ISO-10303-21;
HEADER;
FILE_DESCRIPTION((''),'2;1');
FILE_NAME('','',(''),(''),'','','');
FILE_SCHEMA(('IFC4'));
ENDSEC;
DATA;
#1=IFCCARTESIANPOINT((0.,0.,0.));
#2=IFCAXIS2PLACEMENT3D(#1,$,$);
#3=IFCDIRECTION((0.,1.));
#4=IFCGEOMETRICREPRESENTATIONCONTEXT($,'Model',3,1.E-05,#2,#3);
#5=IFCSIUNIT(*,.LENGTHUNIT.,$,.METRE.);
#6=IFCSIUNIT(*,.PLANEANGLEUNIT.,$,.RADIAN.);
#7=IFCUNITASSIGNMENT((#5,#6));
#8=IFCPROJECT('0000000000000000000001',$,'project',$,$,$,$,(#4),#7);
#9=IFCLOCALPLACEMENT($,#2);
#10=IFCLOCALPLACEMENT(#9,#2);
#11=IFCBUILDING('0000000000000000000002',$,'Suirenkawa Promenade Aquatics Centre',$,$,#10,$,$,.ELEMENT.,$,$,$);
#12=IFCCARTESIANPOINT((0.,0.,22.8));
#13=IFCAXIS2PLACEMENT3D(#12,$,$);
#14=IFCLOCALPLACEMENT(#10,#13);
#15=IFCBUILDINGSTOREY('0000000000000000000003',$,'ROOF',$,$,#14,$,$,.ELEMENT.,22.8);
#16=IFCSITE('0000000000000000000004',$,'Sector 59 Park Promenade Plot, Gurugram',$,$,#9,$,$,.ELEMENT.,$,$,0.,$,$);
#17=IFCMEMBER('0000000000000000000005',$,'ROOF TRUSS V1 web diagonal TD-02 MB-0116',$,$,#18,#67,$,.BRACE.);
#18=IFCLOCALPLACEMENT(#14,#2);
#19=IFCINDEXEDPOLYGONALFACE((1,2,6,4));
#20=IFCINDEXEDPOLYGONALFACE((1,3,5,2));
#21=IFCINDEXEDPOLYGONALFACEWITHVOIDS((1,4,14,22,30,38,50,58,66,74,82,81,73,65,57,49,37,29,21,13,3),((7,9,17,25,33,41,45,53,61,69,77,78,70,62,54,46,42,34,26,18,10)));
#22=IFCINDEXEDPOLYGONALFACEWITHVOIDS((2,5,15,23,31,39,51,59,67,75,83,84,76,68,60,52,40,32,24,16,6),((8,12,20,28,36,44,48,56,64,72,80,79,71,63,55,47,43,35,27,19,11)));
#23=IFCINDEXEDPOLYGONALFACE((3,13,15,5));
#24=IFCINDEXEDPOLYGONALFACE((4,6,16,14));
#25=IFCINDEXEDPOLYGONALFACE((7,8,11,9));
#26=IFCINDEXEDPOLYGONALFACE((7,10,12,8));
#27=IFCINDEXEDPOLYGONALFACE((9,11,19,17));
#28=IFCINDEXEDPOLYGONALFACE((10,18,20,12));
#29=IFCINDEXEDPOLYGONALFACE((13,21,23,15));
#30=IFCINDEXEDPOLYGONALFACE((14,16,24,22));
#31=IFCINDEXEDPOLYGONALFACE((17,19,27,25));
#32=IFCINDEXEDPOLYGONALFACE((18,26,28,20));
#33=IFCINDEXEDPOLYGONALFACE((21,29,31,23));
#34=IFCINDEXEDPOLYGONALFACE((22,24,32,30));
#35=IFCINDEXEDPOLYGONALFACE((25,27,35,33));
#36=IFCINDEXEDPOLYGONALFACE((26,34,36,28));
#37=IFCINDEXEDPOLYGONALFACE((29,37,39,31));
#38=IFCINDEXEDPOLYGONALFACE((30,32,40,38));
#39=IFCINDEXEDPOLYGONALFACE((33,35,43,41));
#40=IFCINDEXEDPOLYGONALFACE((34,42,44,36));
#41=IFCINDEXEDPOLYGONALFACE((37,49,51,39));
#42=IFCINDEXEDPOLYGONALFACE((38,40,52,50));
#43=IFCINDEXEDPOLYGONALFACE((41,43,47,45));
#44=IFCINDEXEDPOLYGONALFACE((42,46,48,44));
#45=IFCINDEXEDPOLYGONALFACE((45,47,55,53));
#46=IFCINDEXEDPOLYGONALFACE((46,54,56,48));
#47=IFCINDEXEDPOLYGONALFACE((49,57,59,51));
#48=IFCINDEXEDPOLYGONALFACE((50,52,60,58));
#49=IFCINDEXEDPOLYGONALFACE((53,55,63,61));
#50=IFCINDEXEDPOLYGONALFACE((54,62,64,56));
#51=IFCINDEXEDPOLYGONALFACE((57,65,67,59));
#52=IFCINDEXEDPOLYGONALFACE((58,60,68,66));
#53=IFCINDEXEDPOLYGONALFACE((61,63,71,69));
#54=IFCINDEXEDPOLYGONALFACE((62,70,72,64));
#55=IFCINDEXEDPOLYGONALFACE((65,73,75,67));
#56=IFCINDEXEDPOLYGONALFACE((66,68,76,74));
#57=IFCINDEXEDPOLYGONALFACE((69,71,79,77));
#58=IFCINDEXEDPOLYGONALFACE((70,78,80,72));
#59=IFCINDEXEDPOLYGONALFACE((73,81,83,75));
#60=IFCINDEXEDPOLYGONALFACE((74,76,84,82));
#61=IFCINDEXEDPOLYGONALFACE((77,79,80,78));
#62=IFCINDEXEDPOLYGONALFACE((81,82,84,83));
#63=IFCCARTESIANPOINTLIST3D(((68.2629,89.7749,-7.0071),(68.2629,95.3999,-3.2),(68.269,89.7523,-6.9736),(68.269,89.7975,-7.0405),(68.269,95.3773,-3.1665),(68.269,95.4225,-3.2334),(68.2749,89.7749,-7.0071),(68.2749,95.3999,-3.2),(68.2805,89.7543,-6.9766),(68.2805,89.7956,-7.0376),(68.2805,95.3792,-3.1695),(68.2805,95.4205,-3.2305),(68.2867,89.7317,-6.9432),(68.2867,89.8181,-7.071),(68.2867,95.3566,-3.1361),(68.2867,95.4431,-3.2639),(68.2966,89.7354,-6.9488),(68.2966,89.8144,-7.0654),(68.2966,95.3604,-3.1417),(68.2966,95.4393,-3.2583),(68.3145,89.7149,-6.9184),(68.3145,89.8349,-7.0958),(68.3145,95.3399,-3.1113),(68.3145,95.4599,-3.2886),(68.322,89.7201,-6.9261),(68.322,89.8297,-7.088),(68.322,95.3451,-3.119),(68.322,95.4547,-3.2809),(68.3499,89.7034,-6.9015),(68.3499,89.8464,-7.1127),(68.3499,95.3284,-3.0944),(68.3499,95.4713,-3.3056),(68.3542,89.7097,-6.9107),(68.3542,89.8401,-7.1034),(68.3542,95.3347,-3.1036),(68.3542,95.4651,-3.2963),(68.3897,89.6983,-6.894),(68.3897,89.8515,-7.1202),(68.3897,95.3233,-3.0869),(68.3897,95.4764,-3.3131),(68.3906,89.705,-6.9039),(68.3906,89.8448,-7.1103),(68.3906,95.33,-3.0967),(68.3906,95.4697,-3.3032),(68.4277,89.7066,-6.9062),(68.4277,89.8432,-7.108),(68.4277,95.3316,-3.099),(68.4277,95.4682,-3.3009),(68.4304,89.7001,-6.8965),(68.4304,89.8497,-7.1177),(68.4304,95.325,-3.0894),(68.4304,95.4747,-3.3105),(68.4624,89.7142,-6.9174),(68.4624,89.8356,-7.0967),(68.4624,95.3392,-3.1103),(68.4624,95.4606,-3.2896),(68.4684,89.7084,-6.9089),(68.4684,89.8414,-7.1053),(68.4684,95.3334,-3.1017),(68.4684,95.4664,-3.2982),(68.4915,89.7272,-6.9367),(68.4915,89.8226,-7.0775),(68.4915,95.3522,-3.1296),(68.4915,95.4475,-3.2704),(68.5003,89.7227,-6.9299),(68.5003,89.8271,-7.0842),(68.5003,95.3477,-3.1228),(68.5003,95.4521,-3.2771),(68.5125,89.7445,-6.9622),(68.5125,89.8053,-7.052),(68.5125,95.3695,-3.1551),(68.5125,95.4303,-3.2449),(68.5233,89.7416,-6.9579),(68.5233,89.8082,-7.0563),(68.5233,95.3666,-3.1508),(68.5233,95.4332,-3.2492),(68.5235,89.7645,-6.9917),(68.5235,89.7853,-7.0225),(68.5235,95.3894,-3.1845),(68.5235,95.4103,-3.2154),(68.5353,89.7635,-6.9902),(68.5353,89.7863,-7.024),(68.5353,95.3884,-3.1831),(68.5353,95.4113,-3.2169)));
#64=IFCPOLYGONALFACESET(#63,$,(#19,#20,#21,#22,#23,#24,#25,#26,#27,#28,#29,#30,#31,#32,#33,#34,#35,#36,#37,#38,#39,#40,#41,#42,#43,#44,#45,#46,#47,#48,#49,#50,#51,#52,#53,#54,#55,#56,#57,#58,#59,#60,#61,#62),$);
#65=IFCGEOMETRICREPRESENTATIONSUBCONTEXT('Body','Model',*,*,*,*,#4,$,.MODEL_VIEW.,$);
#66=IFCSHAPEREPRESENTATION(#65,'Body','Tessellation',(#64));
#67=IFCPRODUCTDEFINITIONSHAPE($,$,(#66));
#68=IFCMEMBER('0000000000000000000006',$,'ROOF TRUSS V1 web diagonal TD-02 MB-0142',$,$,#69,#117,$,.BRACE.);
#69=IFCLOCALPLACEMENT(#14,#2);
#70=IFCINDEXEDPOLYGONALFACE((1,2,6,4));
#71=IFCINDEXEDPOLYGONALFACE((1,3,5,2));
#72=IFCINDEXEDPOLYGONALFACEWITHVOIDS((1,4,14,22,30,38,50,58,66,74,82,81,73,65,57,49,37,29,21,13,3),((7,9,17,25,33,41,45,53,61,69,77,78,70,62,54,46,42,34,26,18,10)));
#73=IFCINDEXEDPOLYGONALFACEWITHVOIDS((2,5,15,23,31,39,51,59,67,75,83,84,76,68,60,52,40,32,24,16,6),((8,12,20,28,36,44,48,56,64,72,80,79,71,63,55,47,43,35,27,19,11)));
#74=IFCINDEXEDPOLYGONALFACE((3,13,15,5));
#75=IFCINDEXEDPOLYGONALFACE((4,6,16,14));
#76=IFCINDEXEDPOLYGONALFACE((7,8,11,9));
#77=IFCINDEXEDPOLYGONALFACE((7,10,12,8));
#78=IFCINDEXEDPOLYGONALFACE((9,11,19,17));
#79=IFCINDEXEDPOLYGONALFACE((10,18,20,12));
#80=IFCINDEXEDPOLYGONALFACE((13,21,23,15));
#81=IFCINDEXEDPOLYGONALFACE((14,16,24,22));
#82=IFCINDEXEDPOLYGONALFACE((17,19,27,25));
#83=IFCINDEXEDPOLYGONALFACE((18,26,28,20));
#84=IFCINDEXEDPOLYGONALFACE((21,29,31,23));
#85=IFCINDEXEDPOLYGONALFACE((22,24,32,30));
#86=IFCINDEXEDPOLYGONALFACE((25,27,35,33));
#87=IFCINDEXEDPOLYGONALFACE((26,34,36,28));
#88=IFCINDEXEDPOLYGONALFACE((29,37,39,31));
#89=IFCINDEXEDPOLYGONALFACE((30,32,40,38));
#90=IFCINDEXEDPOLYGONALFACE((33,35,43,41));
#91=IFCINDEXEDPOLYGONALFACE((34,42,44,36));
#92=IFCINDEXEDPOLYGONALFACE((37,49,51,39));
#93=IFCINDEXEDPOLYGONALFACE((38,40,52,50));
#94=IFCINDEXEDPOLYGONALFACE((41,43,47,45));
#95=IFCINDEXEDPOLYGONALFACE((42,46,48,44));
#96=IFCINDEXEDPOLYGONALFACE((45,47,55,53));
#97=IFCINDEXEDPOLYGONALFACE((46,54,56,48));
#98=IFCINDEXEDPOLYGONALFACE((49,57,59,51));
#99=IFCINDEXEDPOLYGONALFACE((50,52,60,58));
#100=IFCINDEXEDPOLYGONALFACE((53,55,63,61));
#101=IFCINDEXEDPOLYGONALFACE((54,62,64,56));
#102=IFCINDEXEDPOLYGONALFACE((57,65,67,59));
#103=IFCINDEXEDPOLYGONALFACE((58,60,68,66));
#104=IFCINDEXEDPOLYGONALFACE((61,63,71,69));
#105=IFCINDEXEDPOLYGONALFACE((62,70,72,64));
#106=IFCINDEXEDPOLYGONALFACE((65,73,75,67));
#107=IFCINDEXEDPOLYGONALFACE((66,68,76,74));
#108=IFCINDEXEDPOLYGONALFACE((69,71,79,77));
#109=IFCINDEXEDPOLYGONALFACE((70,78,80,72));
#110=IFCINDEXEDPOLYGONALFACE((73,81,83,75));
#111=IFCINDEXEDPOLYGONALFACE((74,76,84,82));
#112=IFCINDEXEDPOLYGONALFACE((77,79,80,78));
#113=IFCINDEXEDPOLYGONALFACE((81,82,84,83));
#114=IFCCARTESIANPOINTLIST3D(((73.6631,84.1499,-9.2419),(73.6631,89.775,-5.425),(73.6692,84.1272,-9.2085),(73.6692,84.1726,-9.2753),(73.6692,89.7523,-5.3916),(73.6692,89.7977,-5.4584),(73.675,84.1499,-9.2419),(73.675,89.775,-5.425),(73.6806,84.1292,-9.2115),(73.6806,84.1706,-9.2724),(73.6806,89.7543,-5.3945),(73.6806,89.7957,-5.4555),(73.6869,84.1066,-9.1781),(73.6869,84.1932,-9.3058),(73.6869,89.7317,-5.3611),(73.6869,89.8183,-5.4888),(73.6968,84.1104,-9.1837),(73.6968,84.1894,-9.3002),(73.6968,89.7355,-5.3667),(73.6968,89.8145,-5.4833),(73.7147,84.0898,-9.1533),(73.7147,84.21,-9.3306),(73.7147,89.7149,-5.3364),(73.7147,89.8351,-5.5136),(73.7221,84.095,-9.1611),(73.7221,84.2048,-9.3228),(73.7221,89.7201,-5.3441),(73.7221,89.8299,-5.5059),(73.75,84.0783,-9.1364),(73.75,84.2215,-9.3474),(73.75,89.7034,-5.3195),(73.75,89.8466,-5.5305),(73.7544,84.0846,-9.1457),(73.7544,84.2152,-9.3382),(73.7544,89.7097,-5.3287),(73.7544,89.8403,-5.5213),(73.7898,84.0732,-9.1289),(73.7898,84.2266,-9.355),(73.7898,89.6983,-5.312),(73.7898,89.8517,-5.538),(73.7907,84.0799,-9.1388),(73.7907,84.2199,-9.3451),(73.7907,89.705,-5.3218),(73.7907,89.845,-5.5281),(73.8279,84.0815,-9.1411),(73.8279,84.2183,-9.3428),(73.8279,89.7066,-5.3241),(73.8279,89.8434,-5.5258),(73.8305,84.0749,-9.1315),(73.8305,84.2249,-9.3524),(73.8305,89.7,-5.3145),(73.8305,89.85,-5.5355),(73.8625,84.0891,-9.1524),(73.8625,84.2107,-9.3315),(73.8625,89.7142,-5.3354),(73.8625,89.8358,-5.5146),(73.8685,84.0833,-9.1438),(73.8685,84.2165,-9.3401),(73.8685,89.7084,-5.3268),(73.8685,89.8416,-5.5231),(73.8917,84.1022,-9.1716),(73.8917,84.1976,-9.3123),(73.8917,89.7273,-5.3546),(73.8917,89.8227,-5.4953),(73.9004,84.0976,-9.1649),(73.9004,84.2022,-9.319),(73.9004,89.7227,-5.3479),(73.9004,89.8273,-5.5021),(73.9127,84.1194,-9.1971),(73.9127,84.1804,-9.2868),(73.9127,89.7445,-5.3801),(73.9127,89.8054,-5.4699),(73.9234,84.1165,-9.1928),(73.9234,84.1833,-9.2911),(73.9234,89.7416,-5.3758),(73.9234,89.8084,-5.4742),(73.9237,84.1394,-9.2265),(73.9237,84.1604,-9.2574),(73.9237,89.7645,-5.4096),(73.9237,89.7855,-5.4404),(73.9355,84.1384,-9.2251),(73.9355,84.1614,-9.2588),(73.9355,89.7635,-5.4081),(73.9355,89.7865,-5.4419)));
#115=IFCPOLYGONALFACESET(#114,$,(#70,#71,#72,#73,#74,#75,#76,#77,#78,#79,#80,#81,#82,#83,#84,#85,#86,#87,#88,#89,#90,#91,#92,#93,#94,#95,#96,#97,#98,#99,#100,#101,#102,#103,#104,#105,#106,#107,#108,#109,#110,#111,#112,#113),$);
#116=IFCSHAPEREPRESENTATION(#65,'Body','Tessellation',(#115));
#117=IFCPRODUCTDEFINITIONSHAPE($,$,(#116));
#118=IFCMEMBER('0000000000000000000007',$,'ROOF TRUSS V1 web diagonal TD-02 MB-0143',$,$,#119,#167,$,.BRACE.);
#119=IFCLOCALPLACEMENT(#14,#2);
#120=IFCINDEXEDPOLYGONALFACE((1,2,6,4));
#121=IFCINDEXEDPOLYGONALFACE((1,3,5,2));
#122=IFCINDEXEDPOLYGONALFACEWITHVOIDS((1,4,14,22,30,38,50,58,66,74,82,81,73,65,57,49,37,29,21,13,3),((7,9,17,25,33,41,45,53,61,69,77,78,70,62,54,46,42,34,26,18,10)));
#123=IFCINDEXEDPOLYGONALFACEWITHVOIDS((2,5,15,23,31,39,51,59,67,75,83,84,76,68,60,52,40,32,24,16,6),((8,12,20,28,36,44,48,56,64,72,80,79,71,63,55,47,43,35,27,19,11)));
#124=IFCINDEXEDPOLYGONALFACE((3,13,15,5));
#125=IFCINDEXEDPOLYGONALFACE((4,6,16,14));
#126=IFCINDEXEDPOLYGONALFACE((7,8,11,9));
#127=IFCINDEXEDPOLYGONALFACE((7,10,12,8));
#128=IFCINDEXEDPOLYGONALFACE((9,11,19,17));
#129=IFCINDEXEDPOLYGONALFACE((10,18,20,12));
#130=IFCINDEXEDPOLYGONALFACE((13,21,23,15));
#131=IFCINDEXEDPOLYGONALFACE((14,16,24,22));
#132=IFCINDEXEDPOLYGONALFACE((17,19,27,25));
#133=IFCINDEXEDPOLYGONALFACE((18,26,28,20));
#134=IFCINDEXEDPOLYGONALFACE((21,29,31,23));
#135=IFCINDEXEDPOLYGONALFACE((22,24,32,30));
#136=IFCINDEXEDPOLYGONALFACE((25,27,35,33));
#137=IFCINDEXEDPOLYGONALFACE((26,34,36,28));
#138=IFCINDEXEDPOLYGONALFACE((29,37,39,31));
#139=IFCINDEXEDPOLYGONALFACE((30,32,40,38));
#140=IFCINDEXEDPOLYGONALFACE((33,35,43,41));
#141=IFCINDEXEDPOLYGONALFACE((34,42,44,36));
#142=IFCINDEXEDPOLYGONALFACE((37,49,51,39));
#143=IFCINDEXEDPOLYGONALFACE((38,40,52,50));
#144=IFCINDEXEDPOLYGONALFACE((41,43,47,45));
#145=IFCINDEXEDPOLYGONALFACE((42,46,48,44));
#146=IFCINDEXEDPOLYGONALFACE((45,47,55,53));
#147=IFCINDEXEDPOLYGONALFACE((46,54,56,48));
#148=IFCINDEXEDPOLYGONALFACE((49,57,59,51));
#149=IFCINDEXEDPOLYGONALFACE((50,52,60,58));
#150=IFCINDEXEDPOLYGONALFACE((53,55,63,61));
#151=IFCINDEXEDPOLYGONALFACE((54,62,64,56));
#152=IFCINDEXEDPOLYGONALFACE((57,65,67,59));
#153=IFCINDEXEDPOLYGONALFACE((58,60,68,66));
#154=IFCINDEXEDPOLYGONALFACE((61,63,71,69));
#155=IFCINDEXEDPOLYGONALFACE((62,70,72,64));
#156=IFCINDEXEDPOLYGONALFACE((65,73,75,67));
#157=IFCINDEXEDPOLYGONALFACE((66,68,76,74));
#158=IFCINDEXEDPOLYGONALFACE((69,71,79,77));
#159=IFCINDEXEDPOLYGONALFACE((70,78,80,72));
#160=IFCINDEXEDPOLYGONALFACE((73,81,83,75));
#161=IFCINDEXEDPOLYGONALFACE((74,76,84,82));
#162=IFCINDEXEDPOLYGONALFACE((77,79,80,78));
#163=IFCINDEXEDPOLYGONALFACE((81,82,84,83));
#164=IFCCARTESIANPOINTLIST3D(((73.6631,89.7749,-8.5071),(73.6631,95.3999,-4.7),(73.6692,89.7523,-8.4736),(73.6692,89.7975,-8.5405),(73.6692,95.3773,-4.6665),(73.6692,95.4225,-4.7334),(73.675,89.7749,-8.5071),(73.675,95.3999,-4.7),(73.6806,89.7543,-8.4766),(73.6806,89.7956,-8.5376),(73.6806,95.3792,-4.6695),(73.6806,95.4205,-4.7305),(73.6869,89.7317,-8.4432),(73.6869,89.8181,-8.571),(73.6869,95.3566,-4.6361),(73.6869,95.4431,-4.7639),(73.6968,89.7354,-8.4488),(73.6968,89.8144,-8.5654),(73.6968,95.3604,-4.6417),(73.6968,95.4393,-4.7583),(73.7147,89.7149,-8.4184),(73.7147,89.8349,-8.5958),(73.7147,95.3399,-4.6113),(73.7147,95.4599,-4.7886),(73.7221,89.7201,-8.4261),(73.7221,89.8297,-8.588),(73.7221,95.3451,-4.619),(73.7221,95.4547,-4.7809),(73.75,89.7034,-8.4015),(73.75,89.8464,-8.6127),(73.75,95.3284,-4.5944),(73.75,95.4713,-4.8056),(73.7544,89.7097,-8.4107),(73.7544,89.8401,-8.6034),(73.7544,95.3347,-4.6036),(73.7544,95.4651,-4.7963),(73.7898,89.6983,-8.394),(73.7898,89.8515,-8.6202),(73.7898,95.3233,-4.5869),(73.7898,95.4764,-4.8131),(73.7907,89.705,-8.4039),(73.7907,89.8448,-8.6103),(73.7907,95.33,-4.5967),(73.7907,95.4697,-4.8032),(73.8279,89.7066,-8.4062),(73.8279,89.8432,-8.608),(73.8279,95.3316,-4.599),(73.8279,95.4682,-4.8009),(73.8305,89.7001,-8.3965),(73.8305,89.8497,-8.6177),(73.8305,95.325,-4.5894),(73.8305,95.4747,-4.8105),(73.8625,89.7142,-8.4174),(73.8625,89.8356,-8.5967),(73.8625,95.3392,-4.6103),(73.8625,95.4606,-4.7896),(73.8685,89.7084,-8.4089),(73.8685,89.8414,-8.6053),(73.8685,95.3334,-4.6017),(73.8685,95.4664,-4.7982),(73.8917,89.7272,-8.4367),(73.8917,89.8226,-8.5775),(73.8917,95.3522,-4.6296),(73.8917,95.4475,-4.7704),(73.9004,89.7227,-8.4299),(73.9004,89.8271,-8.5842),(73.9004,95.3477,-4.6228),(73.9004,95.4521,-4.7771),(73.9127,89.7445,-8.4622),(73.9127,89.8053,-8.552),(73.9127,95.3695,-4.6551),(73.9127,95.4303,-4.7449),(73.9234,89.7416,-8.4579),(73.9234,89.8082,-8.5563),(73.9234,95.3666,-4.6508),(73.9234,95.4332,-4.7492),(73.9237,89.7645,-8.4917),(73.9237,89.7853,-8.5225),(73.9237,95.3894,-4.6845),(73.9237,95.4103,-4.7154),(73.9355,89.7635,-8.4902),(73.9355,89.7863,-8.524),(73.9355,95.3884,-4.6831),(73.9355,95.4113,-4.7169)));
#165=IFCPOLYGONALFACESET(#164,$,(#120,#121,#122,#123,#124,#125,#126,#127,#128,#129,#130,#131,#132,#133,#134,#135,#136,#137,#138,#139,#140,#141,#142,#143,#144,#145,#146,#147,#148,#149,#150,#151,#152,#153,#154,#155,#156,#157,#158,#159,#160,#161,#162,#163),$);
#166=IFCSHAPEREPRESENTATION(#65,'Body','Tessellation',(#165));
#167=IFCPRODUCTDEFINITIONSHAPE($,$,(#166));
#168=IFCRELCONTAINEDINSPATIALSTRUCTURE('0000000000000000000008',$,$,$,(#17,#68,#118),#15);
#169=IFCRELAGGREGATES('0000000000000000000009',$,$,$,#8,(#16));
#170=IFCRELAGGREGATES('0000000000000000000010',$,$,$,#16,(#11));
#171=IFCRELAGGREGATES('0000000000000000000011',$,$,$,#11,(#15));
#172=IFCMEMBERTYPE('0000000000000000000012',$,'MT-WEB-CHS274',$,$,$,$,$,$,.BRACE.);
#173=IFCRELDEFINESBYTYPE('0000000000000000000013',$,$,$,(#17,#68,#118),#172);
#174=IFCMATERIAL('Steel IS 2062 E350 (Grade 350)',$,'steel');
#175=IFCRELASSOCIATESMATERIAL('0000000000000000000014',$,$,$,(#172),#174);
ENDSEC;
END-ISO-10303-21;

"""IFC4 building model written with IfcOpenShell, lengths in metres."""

from ifc_helpers import new_model, si_unit, direction, frame, origin, origin_2d, place, context, subcontext, project, spatial, hollow_circle, extrude, material, material_profile, profile_set, type_object, element, save


model = new_model("IFC4")

# Units and contexts
model_context = context("Model", 3, precision=1e-05, world=origin(), true_north=direction((0.0, 1.0)))
body_context = subcontext(model_context, "Body", "Model", "MODEL_VIEW")
ifc_project = project(units=[si_unit("LENGTHUNIT", "METRE"), si_unit("PLANEANGLEUNIT", "RADIAN")], contexts=[model_context])

# Site, building, storey
site_placement = place(None, origin())
site = spatial("IfcSite", under=ifc_project, at=site_placement, Name="Sector 59 Park Promenade Plot, Gurugram", CompositionType="ELEMENT", RefElevation=0.0)
building_placement = place(site_placement, origin())
building = spatial("IfcBuilding", under=site, at=building_placement, Name="Suirenkawa Promenade Aquatics Centre", CompositionType="ELEMENT")
storey_placement = place(building_placement, frame((0.0, 0.0, 22.8)))
storey = spatial("IfcBuildingStorey", under=building, at=storey_placement, Name="ROOF", CompositionType="ELEMENT", Elevation=22.8)

# Shared definitions
ifc_material = material(Name="Steel IS 2062 E350 (Grade 350)", Category="steel")

# Members
ifc_material_profile_1 = material_profile(ifc_material, hollow_circle(Radius=0.137, WallThickness=0.012, at=origin_2d()), Name="CHS 274x12", Category="steel")
ifc_profile_set_1 = profile_set([ifc_material_profile_1], Name="Steel IS 2062 E350 (Grade 350)")
member_type_1 = type_object("IfcMemberType", Name="MT-WEB-CHS274", PredefinedType="BRACE", material=ifc_profile_set_1)
for number, where, z_axis, x_axis, name in (
    (1, (68.3999, 89.7749, -7.0071), (0.0, 0.828148, 0.56051), (-1.0, 0.0, 0.0), "ROOF TRUSS V1 web diagonal TD-02 MB-0116"),
):
    element("IfcMember", number, at=place(storey_placement, frame(where, z_axis=z_axis, x_axis=x_axis)), inside=storey, type_object=member_type_1, Name=name, PredefinedType="BRACE", context=body_context, shape_type="SweptSolid", body=[
        extrude(hollow_circle(Radius=0.137, WallThickness=0.012, at=origin_2d()), origin(), (0.0, 0.0, 1.0), 6.7922),
    ])
member_1_placement = place(storey_placement, frame((73.8, 84.1499, -9.2419), z_axis=(0.0, 0.827481, 0.561494), x_axis=(-1.0, 0.0, 0.0)))
element("IfcMember", 2, at=member_1_placement, inside=storey, type_object=member_type_1, Name="ROOF TRUSS V1 web diagonal TD-02 MB-0142", PredefinedType="BRACE", context=body_context, shape_type="SweptSolid", body=[
    extrude(hollow_circle(Radius=0.137, WallThickness=0.012, at=origin_2d()), origin(), (0.0, 0.0, 1.0), 6.7979),
])
member_2_placement = place(storey_placement, frame((73.8, 89.7749, -8.5071), z_axis=(0.0, 0.828148, 0.56051), x_axis=(-1.0, 0.0, 0.0)))
element("IfcMember", 3, at=member_2_placement, inside=storey, type_object=member_type_1, Name="ROOF TRUSS V1 web diagonal TD-02 MB-0143", PredefinedType="BRACE", context=body_context, shape_type="SweptSolid", body=[
    extrude(hollow_circle(Radius=0.137, WallThickness=0.012, at=origin_2d()), origin(), (0.0, 0.0, 1.0), 6.7922),
])

save(model, "model.ifc")
